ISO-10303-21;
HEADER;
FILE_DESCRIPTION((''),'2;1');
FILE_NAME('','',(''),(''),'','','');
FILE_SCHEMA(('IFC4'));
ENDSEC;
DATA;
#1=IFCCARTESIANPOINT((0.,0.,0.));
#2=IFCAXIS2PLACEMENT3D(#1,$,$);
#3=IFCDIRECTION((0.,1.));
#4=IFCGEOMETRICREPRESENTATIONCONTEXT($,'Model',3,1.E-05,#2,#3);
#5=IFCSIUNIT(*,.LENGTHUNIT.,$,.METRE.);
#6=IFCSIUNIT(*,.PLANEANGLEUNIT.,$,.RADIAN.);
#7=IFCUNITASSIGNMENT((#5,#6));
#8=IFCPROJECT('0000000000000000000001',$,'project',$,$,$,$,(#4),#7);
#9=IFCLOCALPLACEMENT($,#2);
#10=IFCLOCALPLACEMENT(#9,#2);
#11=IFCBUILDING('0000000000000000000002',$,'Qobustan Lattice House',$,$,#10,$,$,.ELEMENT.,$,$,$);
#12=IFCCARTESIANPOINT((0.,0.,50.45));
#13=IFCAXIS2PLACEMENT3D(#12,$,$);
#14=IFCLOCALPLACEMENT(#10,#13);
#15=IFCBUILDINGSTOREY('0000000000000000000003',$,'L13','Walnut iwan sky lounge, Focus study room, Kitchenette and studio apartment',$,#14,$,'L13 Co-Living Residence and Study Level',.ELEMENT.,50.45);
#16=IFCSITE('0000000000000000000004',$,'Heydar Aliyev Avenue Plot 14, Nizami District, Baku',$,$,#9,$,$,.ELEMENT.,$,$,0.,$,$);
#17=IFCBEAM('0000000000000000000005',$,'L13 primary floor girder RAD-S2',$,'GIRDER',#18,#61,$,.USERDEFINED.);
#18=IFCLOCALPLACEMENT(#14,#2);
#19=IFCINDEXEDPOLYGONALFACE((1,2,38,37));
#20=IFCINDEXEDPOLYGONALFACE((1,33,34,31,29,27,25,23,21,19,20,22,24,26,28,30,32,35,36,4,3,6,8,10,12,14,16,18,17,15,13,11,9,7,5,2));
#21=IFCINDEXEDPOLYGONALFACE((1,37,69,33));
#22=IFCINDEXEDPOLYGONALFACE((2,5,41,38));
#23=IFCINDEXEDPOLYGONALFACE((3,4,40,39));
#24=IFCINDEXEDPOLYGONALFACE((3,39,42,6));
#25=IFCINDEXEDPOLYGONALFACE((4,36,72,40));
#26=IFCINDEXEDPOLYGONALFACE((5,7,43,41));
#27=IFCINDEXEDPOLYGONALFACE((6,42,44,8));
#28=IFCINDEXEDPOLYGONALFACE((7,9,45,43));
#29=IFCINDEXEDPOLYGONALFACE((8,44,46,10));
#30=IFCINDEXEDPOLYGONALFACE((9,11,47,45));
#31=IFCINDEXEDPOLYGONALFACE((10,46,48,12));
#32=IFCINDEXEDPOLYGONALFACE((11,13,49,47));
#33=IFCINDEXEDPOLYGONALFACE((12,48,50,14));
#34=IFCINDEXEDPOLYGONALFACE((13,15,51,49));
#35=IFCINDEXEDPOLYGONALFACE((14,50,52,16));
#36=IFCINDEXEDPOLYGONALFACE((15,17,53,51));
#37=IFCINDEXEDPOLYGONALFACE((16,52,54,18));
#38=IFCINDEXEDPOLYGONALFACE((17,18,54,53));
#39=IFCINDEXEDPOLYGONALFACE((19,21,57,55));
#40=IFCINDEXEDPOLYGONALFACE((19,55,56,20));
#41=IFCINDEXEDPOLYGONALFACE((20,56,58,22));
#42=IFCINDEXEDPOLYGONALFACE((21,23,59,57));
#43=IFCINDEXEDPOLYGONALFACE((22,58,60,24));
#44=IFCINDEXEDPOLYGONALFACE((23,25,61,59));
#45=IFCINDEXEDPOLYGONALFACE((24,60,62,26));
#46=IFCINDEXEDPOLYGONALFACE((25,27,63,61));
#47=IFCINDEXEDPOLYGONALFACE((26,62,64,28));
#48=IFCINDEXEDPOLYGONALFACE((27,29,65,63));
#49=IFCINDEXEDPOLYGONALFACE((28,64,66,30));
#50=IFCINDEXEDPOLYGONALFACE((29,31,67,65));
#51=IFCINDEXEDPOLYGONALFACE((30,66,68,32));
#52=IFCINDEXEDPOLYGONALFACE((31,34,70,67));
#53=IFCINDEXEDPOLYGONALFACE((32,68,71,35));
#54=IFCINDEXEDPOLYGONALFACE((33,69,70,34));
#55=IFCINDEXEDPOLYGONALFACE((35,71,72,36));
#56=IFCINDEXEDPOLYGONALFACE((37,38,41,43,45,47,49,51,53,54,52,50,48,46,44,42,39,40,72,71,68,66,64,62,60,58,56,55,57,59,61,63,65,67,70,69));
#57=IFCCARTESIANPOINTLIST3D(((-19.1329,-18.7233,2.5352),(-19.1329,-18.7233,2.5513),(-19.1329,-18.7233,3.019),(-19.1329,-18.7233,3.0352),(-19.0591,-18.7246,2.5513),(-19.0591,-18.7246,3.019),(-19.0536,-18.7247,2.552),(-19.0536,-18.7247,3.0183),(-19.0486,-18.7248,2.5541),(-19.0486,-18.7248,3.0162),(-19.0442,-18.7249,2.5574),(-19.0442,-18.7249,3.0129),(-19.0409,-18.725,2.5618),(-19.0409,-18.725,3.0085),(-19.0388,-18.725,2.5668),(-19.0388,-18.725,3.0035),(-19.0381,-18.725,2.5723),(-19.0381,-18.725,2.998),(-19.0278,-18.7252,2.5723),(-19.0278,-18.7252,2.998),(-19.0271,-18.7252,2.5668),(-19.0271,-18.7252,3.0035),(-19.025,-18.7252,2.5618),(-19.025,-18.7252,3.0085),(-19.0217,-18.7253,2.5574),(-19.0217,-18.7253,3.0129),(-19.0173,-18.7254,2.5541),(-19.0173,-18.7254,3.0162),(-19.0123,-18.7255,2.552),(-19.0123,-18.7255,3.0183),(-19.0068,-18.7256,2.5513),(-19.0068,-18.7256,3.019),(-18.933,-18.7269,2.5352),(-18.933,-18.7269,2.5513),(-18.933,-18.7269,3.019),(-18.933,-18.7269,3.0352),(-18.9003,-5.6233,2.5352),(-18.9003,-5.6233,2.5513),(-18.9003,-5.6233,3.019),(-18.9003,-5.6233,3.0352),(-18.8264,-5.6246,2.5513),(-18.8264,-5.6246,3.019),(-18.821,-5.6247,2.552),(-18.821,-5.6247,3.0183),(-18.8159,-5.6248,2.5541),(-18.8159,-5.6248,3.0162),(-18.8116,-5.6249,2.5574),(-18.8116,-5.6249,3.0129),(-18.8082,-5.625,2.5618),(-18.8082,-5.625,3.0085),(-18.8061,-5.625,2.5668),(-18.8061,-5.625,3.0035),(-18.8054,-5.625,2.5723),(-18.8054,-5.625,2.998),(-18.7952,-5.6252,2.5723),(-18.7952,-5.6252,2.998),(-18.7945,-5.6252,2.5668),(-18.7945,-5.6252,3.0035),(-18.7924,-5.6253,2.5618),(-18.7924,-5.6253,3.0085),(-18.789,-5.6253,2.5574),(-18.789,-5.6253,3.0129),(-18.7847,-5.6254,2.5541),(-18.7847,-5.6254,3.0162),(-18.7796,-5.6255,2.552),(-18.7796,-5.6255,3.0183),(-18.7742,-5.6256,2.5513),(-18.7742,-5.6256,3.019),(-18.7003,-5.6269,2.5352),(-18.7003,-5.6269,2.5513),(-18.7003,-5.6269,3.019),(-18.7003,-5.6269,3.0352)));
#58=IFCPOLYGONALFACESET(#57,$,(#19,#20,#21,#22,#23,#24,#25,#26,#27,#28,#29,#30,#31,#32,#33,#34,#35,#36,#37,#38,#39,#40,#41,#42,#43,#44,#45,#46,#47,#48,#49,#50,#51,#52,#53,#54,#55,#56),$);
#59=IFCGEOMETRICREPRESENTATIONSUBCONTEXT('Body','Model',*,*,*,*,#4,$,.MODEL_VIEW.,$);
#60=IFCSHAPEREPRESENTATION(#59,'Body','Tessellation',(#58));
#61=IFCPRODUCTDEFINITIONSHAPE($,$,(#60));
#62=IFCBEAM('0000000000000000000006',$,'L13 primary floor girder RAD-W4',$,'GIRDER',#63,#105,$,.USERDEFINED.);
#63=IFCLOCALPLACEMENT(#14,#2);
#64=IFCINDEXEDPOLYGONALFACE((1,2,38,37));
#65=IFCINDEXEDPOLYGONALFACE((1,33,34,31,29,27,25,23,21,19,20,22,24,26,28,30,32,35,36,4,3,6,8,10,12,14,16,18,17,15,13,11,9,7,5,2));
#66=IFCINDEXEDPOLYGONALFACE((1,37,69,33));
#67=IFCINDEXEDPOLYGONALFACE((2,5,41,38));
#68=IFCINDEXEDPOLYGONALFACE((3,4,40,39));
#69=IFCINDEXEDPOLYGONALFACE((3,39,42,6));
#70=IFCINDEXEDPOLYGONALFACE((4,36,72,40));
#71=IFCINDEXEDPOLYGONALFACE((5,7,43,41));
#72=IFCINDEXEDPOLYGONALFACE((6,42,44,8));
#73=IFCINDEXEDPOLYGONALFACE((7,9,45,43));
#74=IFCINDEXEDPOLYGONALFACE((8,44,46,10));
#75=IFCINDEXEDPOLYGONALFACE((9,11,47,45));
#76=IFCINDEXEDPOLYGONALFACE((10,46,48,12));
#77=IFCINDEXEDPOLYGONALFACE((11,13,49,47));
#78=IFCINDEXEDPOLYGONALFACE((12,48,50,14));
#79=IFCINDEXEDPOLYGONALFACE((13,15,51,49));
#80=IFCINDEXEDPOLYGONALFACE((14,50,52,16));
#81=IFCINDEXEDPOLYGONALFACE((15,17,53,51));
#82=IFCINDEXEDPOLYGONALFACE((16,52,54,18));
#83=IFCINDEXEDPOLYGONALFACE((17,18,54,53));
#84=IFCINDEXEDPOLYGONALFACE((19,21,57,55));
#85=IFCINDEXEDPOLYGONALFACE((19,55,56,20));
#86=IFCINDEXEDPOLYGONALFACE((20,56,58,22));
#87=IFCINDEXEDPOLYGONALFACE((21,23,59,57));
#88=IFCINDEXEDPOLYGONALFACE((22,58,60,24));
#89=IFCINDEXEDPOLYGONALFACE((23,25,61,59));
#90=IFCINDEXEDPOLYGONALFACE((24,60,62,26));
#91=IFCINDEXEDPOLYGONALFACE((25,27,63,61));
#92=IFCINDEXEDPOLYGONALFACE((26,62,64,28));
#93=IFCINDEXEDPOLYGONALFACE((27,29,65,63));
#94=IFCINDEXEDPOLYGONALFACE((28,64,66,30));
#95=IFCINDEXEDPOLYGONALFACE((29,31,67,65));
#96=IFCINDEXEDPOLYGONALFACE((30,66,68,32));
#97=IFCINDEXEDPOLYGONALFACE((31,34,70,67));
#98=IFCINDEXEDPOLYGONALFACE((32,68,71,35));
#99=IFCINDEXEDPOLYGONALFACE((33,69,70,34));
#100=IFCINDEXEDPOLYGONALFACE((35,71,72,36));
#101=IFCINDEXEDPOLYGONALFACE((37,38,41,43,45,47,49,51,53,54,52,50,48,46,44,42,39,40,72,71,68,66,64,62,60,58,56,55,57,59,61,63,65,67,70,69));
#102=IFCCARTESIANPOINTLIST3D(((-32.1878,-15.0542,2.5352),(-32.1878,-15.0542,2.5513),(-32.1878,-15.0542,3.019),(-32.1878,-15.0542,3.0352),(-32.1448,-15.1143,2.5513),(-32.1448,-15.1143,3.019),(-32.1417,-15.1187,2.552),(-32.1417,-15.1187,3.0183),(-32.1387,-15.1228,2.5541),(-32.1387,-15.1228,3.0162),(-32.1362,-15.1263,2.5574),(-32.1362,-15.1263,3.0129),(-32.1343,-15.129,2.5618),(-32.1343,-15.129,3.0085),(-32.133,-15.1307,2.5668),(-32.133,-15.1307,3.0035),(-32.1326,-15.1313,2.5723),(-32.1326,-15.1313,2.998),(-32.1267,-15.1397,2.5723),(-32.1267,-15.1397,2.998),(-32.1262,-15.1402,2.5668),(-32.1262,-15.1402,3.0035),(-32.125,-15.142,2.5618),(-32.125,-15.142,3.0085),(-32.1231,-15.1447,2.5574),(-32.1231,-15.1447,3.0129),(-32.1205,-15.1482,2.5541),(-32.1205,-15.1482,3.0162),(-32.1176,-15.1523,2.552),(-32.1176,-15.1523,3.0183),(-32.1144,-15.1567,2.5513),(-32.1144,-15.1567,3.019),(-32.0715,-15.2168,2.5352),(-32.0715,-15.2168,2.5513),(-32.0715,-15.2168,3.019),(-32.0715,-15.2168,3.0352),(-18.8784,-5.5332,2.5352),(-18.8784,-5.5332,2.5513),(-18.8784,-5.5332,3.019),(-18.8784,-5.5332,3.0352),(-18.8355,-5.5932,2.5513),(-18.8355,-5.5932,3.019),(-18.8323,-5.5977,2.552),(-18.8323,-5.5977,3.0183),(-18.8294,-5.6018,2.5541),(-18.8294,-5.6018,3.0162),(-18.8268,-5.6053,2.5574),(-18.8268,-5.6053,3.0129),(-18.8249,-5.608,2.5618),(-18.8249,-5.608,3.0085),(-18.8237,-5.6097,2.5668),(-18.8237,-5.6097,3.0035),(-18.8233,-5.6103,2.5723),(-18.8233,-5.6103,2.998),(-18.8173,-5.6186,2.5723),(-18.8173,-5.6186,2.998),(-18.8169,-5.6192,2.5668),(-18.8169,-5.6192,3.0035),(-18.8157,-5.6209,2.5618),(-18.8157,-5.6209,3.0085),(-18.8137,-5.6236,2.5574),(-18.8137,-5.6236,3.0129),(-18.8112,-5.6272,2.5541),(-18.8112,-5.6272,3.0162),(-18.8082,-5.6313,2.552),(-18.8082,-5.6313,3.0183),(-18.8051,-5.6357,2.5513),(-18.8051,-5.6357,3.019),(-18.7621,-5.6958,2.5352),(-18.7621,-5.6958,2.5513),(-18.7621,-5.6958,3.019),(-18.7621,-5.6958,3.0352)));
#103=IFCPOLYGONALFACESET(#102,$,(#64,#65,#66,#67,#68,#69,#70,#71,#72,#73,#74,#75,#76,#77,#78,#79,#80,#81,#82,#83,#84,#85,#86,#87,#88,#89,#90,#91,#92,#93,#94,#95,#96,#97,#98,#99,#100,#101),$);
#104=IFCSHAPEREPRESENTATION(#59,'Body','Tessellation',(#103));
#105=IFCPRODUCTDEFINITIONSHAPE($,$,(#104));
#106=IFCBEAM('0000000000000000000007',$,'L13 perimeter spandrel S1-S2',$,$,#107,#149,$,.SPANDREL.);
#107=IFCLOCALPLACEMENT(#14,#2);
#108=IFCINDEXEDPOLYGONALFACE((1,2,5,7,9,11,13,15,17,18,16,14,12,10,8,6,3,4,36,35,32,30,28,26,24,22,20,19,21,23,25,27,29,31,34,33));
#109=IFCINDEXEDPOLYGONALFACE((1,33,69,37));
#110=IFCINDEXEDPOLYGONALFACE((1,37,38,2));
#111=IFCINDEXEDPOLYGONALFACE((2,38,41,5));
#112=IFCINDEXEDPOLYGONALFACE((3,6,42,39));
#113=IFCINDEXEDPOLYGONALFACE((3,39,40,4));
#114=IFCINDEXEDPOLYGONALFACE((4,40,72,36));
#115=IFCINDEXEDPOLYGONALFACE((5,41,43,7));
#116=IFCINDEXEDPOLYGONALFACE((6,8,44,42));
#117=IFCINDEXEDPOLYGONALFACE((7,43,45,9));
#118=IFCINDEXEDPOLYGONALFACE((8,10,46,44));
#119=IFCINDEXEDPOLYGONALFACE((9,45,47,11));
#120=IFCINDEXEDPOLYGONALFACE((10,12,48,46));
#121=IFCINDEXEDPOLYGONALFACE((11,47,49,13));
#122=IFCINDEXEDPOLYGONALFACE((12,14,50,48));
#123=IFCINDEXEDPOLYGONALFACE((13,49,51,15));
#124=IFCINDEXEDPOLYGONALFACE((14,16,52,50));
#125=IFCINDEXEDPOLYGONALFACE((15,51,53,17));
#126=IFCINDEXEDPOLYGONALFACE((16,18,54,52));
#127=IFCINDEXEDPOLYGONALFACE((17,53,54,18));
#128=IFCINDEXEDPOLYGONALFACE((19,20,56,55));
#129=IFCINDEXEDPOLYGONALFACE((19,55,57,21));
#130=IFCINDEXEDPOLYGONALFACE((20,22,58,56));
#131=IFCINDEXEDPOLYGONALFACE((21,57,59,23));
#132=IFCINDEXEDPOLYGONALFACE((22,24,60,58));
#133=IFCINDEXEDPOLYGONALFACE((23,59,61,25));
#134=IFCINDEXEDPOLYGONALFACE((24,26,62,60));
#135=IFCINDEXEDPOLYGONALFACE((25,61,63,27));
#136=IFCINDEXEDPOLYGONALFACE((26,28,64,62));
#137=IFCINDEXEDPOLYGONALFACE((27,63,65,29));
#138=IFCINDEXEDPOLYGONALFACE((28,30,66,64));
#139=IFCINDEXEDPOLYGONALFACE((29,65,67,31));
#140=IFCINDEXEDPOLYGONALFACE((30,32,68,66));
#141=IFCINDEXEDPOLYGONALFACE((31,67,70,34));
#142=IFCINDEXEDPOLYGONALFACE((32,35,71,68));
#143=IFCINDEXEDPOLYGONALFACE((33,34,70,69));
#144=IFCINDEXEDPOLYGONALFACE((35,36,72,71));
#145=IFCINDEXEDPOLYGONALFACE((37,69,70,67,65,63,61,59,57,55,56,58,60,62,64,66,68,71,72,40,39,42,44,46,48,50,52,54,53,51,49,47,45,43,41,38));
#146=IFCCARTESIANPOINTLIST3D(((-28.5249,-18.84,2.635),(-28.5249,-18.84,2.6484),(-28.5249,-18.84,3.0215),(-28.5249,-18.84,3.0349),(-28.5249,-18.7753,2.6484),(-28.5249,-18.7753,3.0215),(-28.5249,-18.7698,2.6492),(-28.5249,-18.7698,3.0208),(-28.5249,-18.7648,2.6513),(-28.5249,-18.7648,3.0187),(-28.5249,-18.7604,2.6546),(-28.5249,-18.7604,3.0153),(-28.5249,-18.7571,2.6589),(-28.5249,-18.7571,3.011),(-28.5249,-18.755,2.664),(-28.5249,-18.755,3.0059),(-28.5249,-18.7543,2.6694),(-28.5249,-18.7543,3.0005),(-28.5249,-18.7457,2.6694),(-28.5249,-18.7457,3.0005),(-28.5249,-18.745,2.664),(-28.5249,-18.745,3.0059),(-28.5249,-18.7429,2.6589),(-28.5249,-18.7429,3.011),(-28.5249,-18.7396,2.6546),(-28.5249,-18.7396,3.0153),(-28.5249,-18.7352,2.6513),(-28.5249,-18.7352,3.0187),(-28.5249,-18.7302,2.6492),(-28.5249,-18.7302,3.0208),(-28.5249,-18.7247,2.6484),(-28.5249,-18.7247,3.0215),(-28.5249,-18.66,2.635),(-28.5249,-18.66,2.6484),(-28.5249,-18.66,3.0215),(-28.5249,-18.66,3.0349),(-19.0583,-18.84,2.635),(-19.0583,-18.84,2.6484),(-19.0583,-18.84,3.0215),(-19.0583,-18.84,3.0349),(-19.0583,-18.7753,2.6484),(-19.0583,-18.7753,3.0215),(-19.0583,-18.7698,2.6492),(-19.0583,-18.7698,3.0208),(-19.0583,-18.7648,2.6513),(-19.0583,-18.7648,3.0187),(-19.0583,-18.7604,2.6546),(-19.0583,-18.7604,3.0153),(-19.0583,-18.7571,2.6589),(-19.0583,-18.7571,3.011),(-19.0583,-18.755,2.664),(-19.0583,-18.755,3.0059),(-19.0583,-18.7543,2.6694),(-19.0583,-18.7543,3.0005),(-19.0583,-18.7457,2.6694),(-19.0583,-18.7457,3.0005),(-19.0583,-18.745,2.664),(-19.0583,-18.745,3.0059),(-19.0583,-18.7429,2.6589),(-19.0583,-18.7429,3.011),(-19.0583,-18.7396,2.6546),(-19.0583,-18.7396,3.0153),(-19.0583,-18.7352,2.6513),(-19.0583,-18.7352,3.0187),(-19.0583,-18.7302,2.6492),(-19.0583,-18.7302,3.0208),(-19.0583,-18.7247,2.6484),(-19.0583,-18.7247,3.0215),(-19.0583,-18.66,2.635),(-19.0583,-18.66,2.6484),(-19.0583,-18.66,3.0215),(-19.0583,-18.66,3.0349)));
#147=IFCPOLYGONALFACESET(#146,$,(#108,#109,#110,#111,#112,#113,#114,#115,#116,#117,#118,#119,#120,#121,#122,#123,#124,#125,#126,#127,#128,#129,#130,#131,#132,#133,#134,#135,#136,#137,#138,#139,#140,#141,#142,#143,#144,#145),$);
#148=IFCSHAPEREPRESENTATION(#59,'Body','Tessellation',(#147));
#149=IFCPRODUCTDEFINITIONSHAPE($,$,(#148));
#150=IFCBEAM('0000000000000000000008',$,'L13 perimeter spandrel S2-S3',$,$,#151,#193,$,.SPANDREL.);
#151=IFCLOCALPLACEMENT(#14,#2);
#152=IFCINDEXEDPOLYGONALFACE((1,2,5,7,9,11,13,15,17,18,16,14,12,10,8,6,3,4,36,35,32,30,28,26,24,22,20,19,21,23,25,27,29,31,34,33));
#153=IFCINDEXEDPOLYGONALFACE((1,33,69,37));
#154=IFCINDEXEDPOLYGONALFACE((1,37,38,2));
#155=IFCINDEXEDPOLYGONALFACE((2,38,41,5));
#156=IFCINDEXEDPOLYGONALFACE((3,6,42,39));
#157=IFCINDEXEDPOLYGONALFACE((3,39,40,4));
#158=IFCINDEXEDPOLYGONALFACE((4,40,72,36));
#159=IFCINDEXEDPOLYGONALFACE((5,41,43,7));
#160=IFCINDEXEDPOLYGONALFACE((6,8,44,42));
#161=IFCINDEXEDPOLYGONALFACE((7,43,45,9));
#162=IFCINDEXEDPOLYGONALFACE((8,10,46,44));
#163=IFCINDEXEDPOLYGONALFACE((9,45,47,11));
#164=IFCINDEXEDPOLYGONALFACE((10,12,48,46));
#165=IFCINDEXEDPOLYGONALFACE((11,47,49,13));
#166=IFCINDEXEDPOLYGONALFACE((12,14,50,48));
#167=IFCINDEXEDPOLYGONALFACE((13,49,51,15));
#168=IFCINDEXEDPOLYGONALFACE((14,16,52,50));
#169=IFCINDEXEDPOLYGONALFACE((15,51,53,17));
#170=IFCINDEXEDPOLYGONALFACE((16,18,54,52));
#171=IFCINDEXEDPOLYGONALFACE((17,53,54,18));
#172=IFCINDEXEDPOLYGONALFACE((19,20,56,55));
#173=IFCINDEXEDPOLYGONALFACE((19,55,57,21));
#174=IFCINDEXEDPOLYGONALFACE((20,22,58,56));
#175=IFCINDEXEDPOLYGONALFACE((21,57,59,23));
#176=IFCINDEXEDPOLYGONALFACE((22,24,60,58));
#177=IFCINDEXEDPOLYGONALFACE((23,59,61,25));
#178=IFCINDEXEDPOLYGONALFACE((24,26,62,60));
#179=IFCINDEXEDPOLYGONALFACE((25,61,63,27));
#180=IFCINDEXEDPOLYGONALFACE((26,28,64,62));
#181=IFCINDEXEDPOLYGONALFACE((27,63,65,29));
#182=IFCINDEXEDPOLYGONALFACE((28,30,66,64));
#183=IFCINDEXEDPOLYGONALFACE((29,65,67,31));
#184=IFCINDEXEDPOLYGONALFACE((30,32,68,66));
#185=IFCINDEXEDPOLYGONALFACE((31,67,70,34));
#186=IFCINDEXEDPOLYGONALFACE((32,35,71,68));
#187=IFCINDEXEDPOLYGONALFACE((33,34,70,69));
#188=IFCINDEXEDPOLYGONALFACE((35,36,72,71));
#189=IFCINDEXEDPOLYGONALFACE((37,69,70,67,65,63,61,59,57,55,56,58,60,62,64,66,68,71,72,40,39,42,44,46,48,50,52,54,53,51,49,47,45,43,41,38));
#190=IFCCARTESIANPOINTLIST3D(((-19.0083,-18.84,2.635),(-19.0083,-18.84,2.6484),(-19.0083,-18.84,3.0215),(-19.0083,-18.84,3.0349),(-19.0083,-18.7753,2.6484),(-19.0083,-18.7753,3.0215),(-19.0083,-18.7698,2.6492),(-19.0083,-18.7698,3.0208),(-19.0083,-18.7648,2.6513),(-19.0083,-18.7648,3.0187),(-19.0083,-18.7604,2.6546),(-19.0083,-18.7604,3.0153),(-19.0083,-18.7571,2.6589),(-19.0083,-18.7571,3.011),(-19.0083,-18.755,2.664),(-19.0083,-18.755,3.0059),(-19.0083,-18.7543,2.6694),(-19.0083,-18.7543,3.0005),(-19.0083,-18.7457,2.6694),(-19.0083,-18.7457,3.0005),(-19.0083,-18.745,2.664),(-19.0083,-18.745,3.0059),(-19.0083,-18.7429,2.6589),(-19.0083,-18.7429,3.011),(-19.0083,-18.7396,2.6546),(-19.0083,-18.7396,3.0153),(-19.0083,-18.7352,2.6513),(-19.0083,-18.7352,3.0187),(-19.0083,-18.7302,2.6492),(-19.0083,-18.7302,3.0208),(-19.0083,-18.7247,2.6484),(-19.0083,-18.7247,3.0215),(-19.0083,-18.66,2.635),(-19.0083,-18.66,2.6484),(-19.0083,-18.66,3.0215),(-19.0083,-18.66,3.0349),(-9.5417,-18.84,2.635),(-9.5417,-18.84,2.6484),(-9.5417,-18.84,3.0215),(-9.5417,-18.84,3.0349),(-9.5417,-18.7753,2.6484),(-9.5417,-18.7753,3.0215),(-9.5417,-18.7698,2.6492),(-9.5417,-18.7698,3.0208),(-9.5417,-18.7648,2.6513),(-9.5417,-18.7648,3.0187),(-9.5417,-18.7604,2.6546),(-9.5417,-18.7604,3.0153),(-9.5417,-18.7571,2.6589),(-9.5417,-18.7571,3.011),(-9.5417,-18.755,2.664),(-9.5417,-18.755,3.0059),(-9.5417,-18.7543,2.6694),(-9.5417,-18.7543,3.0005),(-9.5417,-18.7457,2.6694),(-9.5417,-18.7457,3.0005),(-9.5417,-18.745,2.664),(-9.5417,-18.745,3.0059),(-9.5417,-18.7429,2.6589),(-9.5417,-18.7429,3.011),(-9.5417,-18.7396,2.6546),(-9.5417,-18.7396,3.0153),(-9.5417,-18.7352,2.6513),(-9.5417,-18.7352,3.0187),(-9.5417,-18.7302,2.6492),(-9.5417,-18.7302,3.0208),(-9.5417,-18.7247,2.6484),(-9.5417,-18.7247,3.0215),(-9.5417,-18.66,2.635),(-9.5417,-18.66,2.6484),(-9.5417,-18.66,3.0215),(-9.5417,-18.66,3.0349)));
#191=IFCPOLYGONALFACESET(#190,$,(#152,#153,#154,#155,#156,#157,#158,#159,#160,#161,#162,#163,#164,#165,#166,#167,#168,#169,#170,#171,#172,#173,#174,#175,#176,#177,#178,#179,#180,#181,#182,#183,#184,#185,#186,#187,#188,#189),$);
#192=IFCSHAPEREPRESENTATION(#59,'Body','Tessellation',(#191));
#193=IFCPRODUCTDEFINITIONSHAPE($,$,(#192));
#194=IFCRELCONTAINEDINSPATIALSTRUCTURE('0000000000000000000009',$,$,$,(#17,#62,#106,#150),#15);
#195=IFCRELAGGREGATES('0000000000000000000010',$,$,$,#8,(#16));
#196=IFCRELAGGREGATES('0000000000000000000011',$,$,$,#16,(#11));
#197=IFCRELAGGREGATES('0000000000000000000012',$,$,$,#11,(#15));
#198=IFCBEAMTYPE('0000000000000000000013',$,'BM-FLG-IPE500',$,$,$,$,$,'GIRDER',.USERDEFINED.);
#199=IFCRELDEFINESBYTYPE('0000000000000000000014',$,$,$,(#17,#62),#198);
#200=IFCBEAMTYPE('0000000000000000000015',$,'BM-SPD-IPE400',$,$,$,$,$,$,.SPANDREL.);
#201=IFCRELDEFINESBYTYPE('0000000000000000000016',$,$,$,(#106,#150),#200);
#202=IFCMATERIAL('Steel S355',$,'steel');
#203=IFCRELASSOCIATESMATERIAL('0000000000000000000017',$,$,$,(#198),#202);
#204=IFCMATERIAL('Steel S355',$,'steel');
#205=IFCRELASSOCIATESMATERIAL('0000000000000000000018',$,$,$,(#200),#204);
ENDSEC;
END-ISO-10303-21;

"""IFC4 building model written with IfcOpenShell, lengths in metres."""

from ifc_helpers import new_model, si_unit, direction, frame, origin, origin_2d, place, context, subcontext, project, spatial, i_section, extrude, material, material_profile, profile_set, type_object, element, save


model = new_model("IFC4")

# Units and contexts
model_context = context("Model", 3, precision=1e-05, world=origin(), true_north=direction((0.0, 1.0)))
body_context = subcontext(model_context, "Body", "Model", "MODEL_VIEW")
ifc_project = project(units=[si_unit("LENGTHUNIT", "METRE"), si_unit("PLANEANGLEUNIT", "RADIAN")], contexts=[model_context])

# Site, building, storey
site_placement = place(None, origin())
site = spatial("IfcSite", under=ifc_project, at=site_placement, Name="Heydar Aliyev Avenue Plot 14, Nizami District, Baku", CompositionType="ELEMENT", RefElevation=0.0)
building_placement = place(site_placement, origin())
building = spatial("IfcBuilding", under=site, at=building_placement, Name="Qobustan Lattice House", CompositionType="ELEMENT")
storey_placement = place(building_placement, frame((0.0, 0.0, 50.45)))
storey = spatial("IfcBuildingStorey", under=building, at=storey_placement, Name="L13", Description="Walnut iwan sky lounge, Focus study room, Kitchenette and studio apartment", LongName="L13 Co-Living Residence and Study Level", CompositionType="ELEMENT", Elevation=50.45)

# Beams
ifc_material_1 = material(Name="Steel S355", Category="steel")
ifc_material_profile_1 = material_profile(ifc_material_1, i_section(OverallWidth=0.2, OverallDepth=0.5, WebThickness=0.0103, FlangeThickness=0.0161, FilletRadius=0.021, at=origin_2d()), Name="IPE500")
ifc_profile_set_1 = profile_set([ifc_material_profile_1], Name="Steel S355")
beam_type_1 = type_object("IfcBeamType", Name="BM-FLG-IPE500", ElementType="GIRDER", PredefinedType="USERDEFINED", material=ifc_profile_set_1)
beam_1_placement = place(storey_placement, frame((-19.033, -18.7251, 2.7852), z_axis=(0.017758, 0.999842, 0.0), x_axis=(-0.999842, 0.017758, 0.0)))
element("IfcBeam", 1, at=beam_1_placement, inside=storey, type_object=beam_type_1, Name="L13 primary floor girder RAD-S2", ObjectType="GIRDER", PredefinedType="USERDEFINED", context=body_context, shape_type="SweptSolid", body=[
    extrude(i_section(OverallWidth=0.2, OverallDepth=0.5, WebThickness=0.0103, FlangeThickness=0.0161, FilletRadius=0.021, at=origin_2d()), origin(), (0.0, 0.0, 1.0), 13.1021),
])
beam_2_placement = place(storey_placement, frame((-32.1296, -15.1355, 2.7852), z_axis=(0.813319, 0.581818, 0.0), x_axis=(-0.581818, 0.813319, 0.0)))
element("IfcBeam", 2, at=beam_2_placement, inside=storey, type_object=beam_type_1, Name="L13 primary floor girder RAD-W4", ObjectType="GIRDER", PredefinedType="USERDEFINED", context=body_context, shape_type="SweptSolid", body=[
    extrude(i_section(OverallWidth=0.2, OverallDepth=0.5, WebThickness=0.0103, FlangeThickness=0.0161, FilletRadius=0.021, at=origin_2d()), origin(), (0.0, 0.0, 1.0), 16.3643),
])
ifc_material_2 = material(Name="Steel S355", Category="steel")
ifc_material_profile_2 = material_profile(ifc_material_2, i_section(OverallWidth=0.1799, OverallDepth=0.3999, WebThickness=0.0085, FlangeThickness=0.0134, FilletRadius=0.021, at=origin_2d()), Name="IPE400")
ifc_profile_set_2 = profile_set([ifc_material_profile_2], Name="Steel S355")
beam_type_2 = type_object("IfcBeamType", Name="BM-SPD-IPE400", PredefinedType="SPANDREL", material=ifc_profile_set_2)
for number, where, z_axis, x_axis, name in (
    (3, (-28.5249, -18.75, 2.835), (1.0, 0.0, 0.0), (0.0, 1.0, 0.0), "L13 perimeter spandrel S1-S2"),
    (4, (-19.0083, -18.75, 2.835), (1.0, 0.0, 0.0), (0.0, 1.0, 0.0), "L13 perimeter spandrel S2-S3"),
):
    element("IfcBeam", number, at=place(storey_placement, frame(where, z_axis=z_axis, x_axis=x_axis)), inside=storey, type_object=beam_type_2, Name=name, PredefinedType="SPANDREL", context=body_context, shape_type="SweptSolid", body=[
        extrude(i_section(OverallWidth=0.1799, OverallDepth=0.3999, WebThickness=0.0085, FlangeThickness=0.0134, FilletRadius=0.021, at=origin_2d()), origin(), (0.0, 0.0, 1.0), 9.4666),
    ])

save(model, "model.ifc")
